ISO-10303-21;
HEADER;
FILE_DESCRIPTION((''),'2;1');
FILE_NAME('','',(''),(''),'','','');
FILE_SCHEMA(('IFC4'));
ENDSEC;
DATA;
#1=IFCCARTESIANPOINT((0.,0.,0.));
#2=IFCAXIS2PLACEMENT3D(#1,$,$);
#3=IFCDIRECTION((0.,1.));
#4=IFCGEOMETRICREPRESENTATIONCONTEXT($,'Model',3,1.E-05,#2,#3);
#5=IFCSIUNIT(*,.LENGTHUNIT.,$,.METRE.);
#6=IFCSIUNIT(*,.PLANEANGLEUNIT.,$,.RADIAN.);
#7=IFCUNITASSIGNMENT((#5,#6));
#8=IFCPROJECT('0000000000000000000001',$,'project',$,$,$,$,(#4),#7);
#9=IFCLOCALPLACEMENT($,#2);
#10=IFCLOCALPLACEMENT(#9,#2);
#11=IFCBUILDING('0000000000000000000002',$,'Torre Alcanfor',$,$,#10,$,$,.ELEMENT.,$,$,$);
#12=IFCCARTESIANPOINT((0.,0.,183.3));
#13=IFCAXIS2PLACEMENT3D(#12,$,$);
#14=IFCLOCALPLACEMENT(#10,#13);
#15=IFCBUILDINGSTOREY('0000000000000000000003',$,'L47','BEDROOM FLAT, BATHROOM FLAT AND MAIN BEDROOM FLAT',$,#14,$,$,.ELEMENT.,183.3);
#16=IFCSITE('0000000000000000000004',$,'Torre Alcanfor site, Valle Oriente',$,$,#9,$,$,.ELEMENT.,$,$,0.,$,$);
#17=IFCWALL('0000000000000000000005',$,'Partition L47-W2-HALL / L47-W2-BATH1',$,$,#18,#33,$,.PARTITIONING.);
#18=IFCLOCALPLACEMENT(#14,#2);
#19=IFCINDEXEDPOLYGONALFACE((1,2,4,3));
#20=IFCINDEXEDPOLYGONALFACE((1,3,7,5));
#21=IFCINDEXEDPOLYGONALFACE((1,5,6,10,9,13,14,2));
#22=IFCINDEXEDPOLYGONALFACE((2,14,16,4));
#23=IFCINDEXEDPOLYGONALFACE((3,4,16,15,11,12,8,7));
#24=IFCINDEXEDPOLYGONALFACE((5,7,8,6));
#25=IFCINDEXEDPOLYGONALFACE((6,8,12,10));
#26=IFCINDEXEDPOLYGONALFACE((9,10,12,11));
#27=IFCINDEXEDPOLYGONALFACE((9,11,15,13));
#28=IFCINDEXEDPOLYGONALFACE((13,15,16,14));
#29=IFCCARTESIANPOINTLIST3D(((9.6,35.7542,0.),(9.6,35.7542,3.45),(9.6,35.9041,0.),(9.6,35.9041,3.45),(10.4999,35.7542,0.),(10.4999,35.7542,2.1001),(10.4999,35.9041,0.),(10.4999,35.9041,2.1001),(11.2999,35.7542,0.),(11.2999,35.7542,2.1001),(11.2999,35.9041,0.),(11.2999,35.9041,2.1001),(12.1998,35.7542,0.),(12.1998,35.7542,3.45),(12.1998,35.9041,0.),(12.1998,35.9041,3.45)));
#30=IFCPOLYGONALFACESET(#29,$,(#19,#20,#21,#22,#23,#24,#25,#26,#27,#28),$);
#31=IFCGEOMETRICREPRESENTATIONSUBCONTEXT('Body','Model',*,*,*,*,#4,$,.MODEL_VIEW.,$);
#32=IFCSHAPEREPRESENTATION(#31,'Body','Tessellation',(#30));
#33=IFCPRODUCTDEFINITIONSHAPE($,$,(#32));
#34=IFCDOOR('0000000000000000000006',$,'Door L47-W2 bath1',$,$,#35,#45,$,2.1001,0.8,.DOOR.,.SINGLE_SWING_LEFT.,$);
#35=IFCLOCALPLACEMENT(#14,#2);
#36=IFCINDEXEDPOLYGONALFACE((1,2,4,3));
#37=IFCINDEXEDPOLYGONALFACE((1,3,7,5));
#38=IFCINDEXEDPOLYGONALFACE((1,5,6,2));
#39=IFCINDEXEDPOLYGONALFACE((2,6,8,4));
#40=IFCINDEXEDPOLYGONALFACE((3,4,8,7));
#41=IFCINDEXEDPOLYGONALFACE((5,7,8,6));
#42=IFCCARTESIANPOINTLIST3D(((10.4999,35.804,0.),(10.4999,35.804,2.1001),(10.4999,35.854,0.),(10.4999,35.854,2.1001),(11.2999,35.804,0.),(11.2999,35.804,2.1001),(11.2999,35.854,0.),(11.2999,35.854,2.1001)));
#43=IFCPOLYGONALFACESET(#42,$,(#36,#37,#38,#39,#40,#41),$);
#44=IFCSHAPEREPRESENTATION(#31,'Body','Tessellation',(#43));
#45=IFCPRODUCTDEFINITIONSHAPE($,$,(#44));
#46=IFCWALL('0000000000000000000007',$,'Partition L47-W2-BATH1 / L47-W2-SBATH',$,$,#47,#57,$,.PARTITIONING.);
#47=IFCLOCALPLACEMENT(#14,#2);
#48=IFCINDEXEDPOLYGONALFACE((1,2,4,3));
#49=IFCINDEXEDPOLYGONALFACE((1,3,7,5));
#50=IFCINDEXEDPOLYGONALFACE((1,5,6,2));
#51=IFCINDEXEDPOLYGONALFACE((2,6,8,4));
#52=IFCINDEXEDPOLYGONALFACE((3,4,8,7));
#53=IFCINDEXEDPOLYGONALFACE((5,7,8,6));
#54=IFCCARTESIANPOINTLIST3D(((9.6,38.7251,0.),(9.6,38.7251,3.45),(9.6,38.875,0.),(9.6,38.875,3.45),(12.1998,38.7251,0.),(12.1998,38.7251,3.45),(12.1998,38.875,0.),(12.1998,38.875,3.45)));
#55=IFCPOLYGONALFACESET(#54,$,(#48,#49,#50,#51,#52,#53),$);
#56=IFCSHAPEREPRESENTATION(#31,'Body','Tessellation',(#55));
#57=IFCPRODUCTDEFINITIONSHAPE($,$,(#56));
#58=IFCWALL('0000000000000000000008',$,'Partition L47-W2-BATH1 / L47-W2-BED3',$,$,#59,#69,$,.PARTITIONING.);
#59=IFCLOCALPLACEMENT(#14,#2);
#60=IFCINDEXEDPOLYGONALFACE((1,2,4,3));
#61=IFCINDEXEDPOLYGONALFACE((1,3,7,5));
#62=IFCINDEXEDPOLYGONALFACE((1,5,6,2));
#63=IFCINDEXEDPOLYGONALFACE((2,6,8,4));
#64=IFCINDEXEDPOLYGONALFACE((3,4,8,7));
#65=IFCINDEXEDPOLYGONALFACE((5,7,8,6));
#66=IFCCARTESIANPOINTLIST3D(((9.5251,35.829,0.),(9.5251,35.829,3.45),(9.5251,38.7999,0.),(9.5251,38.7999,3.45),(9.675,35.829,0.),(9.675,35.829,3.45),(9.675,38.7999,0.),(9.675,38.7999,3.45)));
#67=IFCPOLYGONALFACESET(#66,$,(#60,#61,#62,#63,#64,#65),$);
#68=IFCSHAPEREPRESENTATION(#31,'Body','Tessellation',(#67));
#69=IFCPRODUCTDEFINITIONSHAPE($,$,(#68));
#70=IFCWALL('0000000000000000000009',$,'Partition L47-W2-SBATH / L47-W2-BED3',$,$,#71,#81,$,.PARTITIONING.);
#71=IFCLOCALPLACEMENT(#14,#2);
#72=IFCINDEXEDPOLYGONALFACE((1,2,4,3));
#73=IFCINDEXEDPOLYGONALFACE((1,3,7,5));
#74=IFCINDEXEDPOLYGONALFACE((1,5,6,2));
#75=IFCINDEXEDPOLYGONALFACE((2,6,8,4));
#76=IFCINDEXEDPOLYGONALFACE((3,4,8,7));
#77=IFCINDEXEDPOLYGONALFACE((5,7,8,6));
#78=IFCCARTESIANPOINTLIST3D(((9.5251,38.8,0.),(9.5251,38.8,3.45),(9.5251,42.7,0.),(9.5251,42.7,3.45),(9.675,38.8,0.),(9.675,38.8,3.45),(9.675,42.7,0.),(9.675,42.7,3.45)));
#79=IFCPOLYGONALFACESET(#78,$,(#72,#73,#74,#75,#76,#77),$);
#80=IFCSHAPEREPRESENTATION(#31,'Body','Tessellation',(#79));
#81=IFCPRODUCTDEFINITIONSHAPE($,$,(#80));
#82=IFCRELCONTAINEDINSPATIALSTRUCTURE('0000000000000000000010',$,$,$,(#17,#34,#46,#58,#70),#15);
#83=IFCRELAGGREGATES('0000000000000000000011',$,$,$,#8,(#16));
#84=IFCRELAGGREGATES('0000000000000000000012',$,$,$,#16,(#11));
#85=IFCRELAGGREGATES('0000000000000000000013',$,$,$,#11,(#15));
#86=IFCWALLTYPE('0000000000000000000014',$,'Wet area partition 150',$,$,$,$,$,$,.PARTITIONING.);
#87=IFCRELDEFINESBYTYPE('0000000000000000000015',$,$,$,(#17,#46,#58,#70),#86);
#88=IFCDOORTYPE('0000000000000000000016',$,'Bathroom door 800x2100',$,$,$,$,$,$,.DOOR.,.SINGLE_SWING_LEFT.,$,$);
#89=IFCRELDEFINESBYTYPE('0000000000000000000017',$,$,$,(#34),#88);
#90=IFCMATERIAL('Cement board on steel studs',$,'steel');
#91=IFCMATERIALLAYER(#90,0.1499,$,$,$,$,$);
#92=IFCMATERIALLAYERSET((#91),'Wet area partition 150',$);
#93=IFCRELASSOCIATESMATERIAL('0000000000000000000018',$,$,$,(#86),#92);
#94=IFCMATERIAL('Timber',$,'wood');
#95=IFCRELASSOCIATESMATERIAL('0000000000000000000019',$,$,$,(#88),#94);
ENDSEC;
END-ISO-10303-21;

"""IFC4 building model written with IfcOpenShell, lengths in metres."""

from ifc_helpers import new_model, si_unit, direction, frame, frame_2d, origin, place, context, subcontext, project, spatial, rectangle, extrude, material, layer, layer_set, type_object, element, fill, save


model = new_model("IFC4")

# Units and contexts
model_context = context("Model", 3, precision=1e-05, world=origin(), true_north=direction((0.0, 1.0)))
body_context = subcontext(model_context, "Body", "Model", "MODEL_VIEW")
ifc_project = project(units=[si_unit("LENGTHUNIT", "METRE"), si_unit("PLANEANGLEUNIT", "RADIAN")], contexts=[model_context])

# Site, building, storey
site_placement = place(None, origin())
site = spatial("IfcSite", under=ifc_project, at=site_placement, Name="Torre Alcanfor site, Valle Oriente", CompositionType="ELEMENT", RefElevation=0.0)
building_placement = place(site_placement, origin())
building = spatial("IfcBuilding", under=site, at=building_placement, Name="Torre Alcanfor", CompositionType="ELEMENT")
storey_placement = place(building_placement, frame((0.0, 0.0, 183.3)))
storey = spatial("IfcBuildingStorey", under=building, at=storey_placement, Name="L47", Description="BEDROOM FLAT, BATHROOM FLAT AND MAIN BEDROOM FLAT", CompositionType="ELEMENT", Elevation=183.3)

# Wall, opening, door
ifc_material_1 = material(Name="Cement board on steel studs", Category="steel")
ifc_layer_1 = layer(ifc_material_1, 0.1499)
ifc_layer_set_1 = layer_set([ifc_layer_1], Name="Wet area partition 150")
wall_type_1 = type_object("IfcWallType", Name="Wet area partition 150", PredefinedType="PARTITIONING", material=ifc_layer_set_1)
wall_1_placement = place(storey_placement, frame((9.6001, 35.8291, 0.0), z_axis=(0.0, 0.0, 1.0), x_axis=(1.0, 0.0, 0.0)))
wall_1 = element("IfcWall", 1, at=wall_1_placement, inside=storey, type_object=wall_type_1, Name="Partition L47-W2-HALL / L47-W2-BATH1", PredefinedType="PARTITIONING", context=body_context, shape_type="SweptSolid", body=[
    extrude(rectangle(XDim=2.5999, YDim=0.1499, at=frame_2d((1.2998, 0.0))), origin(), (0.0, 0.0, 1.0), 3.45),
])
opening_1_placement = place(wall_1_placement, frame((0.8999, 0.0, 0.0)))
opening_1 = element("IfcOpeningElement", 2, at=opening_1_placement, cuts=wall_1, PredefinedType="OPENING", context=body_context, shape_type="SweptSolid", body=[
    extrude(rectangle(XDim=0.8, YDim=2.1001, at=frame_2d((0.3999, 1.05))), frame((0.0, 0.085, 0.0), z_axis=(0.0, -1.0, 0.0), x_axis=(1.0, 0.0, 0.0)), (0.0, 0.0, 1.0), 0.1699),
])
ifc_material_2 = material(Name="Timber", Category="wood")
door_type_1 = type_object("IfcDoorType", Name="Bathroom door 800x2100", OperationType="SINGLE_SWING_LEFT", PredefinedType="DOOR", material=ifc_material_2)
door_1_placement = place(opening_1_placement, origin())
door_1 = element("IfcDoor", 3, at=door_1_placement, inside=storey, type_object=door_type_1, Name="Door L47-W2 bath1", OperationType="SINGLE_SWING_LEFT", OverallHeight=2.1001, OverallWidth=0.8, PredefinedType="DOOR", context=body_context, shape_type="SweptSolid", body=[
    extrude(rectangle(XDim=0.8, YDim=2.1001, at=frame_2d((0.3999, 1.05))), frame((0.0, 0.0249, 0.0), z_axis=(0.0, -1.0, 0.0), x_axis=(1.0, 0.0, 0.0)), (0.0, 0.0, 1.0), 0.05),
])
fill(opening_1, door_1)

# Walls
wall_2_placement = place(storey_placement, frame((9.6001, 38.8, 0.0), z_axis=(0.0, 0.0, 1.0), x_axis=(1.0, 0.0, 0.0)))
element("IfcWall", 4, at=wall_2_placement, inside=storey, type_object=wall_type_1, Name="Partition L47-W2-BATH1 / L47-W2-SBATH", PredefinedType="PARTITIONING", context=body_context, shape_type="SweptSolid", body=[
    extrude(rectangle(XDim=2.5999, YDim=0.1499, at=frame_2d((1.2998, 0.0))), origin(), (0.0, 0.0, 1.0), 3.45),
])
wall_3_placement = place(storey_placement, frame((9.6001, 35.8291, 0.0), z_axis=(0.0, 0.0, 1.0), x_axis=(0.0, 1.0, 0.0)))
element("IfcWall", 5, at=wall_3_placement, inside=storey, type_object=wall_type_1, Name="Partition L47-W2-BATH1 / L47-W2-BED3", PredefinedType="PARTITIONING", context=body_context, shape_type="SweptSolid", body=[
    extrude(rectangle(XDim=2.9709, YDim=0.1499, at=frame_2d((1.4854, 0.0))), origin(), (0.0, 0.0, 1.0), 3.45),
])
wall_4_placement = place(storey_placement, frame((9.6001, 38.8, 0.0), z_axis=(0.0, 0.0, 1.0), x_axis=(0.0, 1.0, 0.0)))
element("IfcWall", 6, at=wall_4_placement, inside=storey, type_object=wall_type_1, Name="Partition L47-W2-SBATH / L47-W2-BED3", PredefinedType="PARTITIONING", context=body_context, shape_type="SweptSolid", body=[
    extrude(rectangle(XDim=3.8999, YDim=0.1499, at=frame_2d((1.95, 0.0))), origin(), (0.0, 0.0, 1.0), 3.45),
])

save(model, "model.ifc")
